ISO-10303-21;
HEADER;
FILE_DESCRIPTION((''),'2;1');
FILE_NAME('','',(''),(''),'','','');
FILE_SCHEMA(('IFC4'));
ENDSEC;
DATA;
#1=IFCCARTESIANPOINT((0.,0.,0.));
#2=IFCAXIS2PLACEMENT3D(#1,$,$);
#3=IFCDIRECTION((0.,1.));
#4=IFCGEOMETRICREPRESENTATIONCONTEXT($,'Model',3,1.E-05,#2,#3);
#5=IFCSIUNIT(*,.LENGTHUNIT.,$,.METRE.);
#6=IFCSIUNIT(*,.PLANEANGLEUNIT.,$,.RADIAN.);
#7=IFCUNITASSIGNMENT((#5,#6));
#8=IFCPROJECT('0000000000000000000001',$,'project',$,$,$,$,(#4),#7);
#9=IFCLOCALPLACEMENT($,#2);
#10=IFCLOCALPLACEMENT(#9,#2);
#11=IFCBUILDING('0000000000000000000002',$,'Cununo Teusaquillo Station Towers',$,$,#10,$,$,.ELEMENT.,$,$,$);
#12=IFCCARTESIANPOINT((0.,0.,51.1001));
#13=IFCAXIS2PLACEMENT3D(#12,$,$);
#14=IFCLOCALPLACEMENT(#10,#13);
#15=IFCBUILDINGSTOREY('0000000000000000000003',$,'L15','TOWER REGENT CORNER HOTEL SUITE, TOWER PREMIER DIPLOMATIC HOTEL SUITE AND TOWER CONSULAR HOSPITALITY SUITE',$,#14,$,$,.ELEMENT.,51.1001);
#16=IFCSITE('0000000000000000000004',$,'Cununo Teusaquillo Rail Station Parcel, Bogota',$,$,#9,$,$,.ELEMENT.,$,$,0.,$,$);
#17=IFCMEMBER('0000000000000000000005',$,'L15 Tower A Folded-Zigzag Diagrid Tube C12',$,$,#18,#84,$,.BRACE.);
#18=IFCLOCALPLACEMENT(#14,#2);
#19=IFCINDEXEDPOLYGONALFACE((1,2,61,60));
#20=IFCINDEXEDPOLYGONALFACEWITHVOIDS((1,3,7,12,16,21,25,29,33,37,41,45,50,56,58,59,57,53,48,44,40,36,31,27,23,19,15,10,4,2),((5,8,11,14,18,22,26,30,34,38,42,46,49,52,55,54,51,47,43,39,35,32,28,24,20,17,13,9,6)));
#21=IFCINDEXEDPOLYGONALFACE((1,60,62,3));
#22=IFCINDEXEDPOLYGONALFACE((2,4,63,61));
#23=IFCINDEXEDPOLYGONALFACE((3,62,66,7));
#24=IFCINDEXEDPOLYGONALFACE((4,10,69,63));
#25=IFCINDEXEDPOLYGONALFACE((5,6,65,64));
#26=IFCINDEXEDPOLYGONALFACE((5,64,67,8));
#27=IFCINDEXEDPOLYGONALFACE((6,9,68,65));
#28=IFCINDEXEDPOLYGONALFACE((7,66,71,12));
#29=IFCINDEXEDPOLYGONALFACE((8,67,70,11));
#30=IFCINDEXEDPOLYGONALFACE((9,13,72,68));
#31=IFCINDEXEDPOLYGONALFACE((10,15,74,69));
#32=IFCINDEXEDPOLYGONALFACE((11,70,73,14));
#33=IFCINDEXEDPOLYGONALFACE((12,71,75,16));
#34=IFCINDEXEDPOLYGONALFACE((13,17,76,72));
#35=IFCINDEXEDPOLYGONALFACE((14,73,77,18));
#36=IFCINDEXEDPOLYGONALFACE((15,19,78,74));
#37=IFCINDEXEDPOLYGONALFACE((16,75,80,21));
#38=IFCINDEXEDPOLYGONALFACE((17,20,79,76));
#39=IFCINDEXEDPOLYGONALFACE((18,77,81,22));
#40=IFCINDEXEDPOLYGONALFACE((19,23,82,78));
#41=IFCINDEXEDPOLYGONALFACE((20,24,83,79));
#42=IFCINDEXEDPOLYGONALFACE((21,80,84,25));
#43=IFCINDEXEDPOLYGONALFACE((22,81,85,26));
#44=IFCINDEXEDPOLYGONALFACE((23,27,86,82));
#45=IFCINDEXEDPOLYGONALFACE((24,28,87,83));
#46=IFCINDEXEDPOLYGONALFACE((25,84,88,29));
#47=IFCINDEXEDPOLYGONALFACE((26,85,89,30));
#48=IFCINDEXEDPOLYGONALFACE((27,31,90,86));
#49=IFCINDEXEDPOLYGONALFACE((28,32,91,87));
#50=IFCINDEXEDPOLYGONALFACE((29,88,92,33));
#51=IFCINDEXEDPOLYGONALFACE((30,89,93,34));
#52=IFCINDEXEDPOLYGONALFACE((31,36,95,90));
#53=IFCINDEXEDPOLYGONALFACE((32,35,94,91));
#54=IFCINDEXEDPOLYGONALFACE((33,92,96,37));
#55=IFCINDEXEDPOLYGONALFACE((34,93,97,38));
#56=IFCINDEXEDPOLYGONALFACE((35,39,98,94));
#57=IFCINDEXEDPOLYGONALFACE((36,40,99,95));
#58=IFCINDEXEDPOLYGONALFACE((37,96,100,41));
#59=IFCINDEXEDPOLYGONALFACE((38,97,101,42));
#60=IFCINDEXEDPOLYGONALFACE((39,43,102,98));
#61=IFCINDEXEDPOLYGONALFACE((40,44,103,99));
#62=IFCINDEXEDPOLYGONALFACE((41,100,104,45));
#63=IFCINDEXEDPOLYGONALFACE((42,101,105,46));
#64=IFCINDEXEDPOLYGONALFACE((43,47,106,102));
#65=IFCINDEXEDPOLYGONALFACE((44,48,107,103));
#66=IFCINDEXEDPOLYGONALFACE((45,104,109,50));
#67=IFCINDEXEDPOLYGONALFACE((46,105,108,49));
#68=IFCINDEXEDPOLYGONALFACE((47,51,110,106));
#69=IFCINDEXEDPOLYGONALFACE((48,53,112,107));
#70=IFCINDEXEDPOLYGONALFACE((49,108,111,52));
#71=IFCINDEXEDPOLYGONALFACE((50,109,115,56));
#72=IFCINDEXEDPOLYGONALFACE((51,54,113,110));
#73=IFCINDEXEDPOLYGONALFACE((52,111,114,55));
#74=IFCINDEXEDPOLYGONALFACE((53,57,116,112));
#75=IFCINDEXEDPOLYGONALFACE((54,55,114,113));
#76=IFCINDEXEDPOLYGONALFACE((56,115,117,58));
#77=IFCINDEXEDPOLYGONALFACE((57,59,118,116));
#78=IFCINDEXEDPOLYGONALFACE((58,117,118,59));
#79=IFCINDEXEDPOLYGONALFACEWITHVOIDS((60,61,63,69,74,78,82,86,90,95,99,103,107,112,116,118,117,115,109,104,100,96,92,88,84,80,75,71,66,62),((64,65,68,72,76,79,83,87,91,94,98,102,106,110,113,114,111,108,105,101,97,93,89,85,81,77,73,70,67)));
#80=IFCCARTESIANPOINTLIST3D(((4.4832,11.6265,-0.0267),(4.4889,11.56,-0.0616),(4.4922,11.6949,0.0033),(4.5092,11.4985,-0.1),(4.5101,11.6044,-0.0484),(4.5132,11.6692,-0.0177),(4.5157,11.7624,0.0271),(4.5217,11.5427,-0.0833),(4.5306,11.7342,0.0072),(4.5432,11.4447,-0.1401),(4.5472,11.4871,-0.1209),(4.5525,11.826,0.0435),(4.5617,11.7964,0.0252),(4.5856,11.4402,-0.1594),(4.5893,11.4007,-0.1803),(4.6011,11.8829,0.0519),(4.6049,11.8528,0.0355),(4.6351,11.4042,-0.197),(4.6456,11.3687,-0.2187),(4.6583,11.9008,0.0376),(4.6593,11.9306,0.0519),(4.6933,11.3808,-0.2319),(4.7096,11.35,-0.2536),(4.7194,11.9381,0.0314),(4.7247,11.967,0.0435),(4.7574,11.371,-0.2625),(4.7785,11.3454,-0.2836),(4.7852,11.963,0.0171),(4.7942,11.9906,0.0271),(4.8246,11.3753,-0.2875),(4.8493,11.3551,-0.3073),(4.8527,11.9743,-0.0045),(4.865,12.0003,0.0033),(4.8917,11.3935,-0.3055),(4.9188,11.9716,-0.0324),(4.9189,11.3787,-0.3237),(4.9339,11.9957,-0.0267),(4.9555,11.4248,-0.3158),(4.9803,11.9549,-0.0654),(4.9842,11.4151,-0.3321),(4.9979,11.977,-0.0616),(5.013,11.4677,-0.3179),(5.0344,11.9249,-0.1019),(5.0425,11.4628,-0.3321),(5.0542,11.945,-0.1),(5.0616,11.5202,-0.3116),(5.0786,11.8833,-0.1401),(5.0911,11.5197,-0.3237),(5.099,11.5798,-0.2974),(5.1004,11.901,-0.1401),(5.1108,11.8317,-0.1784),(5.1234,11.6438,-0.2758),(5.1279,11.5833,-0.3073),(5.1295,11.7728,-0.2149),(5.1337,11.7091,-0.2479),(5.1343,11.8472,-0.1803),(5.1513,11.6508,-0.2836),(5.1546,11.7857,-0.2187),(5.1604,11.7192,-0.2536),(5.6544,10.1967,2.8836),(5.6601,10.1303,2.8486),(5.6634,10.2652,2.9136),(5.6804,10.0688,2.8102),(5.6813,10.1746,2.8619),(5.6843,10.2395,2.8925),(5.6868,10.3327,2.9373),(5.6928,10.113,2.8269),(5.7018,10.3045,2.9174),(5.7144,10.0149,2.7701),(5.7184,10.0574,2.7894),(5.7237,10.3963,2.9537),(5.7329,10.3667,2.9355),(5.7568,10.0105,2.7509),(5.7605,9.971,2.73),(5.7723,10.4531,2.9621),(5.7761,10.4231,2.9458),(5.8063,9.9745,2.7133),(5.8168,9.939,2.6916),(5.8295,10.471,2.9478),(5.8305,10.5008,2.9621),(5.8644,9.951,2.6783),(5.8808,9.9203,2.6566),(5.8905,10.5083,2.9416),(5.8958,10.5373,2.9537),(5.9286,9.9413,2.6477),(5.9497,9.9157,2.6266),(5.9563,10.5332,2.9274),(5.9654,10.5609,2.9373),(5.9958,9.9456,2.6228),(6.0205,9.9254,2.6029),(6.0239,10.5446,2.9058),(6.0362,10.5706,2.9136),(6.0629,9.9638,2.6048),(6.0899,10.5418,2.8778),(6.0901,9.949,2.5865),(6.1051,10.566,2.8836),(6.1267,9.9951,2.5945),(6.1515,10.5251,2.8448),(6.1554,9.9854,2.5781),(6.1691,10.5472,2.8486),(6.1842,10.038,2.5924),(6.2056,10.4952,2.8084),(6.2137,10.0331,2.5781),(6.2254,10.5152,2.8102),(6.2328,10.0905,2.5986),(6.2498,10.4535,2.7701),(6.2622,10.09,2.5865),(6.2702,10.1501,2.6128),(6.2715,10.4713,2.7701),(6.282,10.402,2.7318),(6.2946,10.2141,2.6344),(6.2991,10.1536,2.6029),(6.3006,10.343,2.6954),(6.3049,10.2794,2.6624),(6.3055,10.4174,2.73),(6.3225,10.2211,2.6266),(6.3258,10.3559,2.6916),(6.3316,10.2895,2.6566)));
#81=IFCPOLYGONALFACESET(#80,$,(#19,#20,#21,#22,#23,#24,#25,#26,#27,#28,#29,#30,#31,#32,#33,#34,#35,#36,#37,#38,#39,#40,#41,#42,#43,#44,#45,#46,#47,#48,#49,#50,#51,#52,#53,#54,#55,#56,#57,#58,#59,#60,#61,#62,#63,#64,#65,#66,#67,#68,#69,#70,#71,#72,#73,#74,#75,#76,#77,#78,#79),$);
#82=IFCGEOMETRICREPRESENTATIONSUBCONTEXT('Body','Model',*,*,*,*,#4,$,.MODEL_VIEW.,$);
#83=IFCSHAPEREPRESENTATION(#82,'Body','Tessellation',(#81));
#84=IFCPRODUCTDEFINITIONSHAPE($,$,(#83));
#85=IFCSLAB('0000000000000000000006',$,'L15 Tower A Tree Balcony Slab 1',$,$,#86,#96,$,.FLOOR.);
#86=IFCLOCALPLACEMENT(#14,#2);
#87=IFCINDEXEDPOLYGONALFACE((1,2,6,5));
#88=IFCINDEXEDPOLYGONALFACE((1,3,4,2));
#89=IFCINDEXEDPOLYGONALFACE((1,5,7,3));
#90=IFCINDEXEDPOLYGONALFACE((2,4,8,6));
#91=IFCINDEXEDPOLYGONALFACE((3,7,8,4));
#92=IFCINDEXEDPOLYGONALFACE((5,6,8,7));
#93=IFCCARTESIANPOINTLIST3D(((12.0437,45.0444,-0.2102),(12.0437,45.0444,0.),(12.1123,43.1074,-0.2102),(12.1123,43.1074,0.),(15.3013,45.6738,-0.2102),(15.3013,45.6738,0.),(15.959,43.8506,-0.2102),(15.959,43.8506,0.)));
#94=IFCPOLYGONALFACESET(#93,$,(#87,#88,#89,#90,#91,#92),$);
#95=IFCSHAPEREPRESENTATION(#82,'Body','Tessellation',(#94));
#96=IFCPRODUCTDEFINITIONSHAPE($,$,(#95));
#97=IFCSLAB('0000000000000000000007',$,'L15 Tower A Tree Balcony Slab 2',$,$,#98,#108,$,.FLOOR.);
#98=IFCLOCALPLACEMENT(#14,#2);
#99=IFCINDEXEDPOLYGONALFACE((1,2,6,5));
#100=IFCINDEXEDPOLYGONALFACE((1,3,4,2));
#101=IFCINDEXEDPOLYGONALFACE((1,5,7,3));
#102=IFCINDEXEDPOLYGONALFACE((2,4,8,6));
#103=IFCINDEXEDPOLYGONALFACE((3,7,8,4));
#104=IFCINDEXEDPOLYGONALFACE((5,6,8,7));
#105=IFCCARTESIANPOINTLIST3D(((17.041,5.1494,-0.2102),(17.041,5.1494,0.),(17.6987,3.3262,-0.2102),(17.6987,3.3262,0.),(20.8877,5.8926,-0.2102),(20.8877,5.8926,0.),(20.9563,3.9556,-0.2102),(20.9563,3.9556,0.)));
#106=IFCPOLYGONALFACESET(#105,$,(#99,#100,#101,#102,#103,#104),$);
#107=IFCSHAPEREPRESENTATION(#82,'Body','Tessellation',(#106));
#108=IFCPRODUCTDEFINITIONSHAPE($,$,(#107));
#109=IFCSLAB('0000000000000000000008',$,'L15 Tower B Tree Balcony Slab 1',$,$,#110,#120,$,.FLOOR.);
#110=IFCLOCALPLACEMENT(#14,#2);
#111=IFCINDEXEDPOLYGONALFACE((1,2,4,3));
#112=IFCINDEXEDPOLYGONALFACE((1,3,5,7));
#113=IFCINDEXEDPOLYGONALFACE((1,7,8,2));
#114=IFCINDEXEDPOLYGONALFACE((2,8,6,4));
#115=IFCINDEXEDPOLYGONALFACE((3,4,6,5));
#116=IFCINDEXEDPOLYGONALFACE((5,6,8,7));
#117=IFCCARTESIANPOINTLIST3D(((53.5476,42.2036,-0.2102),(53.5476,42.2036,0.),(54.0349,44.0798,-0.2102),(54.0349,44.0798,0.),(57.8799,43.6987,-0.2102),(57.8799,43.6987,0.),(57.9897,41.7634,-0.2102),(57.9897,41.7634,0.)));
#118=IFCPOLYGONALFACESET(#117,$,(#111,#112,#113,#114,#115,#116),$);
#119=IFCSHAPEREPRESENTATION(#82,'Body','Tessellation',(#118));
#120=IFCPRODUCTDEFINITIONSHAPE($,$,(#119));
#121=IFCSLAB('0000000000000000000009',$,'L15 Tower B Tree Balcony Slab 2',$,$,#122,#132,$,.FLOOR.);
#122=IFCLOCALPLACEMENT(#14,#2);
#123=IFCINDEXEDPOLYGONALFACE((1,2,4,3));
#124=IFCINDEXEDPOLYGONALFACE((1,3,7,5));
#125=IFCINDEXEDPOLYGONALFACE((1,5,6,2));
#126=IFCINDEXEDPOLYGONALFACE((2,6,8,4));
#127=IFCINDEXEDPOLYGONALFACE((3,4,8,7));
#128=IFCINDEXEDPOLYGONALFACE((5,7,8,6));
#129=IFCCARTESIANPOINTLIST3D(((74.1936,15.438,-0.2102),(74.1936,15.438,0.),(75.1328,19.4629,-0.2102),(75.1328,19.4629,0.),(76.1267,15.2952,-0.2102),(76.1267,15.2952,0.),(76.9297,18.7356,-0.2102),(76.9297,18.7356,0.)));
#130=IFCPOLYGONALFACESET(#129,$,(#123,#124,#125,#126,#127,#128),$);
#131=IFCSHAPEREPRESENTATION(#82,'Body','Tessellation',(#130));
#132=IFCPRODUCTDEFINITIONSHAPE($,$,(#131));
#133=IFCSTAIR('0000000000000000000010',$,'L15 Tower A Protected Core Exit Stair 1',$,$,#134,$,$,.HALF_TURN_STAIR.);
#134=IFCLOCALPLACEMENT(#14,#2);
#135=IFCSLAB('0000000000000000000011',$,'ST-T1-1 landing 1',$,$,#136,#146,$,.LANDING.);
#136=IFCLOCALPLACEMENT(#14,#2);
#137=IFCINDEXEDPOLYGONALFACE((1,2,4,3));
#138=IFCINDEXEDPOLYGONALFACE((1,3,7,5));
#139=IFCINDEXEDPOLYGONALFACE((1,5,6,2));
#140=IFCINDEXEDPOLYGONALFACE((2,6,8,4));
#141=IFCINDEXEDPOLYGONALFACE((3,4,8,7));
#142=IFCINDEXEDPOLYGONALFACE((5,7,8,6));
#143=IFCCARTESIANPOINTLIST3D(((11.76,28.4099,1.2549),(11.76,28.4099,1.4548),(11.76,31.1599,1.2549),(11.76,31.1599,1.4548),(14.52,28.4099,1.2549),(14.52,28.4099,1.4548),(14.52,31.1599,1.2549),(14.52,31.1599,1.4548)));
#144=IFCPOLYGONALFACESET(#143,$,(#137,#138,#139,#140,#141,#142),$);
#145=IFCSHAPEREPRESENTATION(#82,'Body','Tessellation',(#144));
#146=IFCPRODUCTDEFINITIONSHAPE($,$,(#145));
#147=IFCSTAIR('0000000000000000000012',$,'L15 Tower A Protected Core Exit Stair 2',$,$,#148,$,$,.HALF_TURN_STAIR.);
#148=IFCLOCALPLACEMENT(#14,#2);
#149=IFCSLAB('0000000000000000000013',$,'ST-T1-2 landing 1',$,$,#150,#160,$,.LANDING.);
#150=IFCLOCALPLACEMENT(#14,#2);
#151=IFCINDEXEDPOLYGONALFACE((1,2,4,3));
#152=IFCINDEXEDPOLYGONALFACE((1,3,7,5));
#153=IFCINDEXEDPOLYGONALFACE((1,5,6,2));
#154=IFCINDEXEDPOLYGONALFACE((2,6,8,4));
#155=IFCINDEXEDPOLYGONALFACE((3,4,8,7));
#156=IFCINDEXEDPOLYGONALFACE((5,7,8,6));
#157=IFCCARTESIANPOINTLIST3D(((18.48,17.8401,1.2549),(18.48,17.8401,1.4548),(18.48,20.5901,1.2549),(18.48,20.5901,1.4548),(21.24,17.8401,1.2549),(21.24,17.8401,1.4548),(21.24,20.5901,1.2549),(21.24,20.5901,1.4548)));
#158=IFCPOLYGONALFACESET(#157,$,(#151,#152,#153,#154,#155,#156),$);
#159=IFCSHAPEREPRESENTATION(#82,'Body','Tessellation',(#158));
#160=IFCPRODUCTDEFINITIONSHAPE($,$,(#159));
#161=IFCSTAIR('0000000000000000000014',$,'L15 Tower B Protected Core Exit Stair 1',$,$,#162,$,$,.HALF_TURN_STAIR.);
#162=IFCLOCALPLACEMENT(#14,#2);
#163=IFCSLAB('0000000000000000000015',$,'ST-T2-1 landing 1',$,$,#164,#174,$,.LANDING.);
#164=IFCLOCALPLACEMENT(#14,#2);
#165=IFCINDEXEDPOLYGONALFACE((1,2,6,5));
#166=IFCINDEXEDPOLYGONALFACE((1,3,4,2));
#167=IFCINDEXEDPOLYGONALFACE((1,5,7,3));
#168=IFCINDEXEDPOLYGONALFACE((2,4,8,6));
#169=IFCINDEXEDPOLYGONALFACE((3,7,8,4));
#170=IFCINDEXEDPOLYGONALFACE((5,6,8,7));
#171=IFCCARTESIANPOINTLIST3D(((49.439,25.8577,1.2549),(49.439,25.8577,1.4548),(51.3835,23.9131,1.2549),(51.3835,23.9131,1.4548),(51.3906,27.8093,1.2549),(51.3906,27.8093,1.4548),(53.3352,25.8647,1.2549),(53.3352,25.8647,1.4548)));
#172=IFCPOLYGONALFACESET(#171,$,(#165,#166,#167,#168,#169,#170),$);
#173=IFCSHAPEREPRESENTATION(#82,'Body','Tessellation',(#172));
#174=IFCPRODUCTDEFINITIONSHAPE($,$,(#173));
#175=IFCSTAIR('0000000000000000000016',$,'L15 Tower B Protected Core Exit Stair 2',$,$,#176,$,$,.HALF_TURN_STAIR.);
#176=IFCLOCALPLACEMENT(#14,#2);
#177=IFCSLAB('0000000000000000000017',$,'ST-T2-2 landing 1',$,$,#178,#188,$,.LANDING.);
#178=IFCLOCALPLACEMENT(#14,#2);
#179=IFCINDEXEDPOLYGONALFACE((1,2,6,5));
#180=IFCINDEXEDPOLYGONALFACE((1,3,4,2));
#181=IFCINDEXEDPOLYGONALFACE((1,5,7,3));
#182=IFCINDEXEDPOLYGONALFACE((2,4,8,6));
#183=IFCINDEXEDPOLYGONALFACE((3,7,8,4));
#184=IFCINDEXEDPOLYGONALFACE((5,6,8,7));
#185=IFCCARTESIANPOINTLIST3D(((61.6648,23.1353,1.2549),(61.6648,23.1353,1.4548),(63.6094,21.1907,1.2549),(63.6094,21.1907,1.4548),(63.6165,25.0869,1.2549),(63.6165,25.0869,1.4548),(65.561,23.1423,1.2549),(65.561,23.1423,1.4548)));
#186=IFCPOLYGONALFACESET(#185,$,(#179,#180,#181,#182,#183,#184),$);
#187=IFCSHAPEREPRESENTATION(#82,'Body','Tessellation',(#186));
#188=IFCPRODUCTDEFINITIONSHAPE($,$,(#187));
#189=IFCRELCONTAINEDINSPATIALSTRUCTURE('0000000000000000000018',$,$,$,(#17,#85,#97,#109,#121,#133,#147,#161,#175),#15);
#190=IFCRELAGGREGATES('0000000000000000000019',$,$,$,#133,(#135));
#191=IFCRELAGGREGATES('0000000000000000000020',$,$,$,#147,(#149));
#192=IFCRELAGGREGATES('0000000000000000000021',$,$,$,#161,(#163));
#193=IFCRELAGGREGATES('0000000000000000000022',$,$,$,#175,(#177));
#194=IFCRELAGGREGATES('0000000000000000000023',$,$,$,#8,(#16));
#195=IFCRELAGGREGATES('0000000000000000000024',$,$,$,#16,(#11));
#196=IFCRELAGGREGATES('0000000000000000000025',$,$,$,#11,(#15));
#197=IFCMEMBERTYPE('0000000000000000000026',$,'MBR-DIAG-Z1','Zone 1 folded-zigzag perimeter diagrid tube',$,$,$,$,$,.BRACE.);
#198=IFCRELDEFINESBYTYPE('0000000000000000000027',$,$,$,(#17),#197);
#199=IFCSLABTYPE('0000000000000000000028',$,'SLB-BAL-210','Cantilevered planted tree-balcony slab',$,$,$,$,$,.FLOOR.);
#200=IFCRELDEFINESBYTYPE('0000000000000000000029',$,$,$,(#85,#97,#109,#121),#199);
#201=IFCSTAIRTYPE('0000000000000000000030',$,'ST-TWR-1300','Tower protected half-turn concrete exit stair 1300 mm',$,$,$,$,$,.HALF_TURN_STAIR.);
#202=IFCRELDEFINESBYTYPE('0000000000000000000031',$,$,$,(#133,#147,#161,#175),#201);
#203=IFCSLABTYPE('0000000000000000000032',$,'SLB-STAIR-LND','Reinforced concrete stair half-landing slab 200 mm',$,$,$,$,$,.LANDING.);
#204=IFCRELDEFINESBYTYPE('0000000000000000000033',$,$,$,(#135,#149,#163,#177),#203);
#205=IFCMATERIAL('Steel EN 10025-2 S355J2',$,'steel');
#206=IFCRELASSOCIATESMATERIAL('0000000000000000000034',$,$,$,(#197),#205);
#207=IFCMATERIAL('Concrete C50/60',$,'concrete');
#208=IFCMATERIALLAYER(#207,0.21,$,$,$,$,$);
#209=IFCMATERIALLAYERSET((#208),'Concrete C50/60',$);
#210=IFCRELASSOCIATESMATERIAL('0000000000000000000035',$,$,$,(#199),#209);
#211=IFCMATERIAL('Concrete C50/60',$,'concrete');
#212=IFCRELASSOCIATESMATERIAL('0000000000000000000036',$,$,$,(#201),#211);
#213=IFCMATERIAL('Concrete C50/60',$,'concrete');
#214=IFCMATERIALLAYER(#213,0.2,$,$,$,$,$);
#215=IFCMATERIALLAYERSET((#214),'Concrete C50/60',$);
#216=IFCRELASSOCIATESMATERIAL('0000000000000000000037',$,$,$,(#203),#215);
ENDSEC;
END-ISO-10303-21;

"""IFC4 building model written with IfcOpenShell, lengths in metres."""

from ifc_helpers import new_model, si_unit, direction, frame, origin, origin_2d, place, context, subcontext, project, spatial, polyline, hollow_circle, outline, extrude, material, layer, layer_set, material_profile, profile_set, type_object, element, aggregate, save


model = new_model("IFC4")

# Units and contexts
model_context = context("Model", 3, precision=1e-05, world=origin(), true_north=direction((0.0, 1.0)))
body_context = subcontext(model_context, "Body", "Model", "MODEL_VIEW")
ifc_project = project(units=[si_unit("LENGTHUNIT", "METRE"), si_unit("PLANEANGLEUNIT", "RADIAN")], contexts=[model_context])

# Site, building, storey
site_placement = place(None, origin())
site = spatial("IfcSite", under=ifc_project, at=site_placement, Name="Cununo Teusaquillo Rail Station Parcel, Bogota", CompositionType="ELEMENT", RefElevation=0.0)
building_placement = place(site_placement, origin())
building = spatial("IfcBuilding", under=site, at=building_placement, Name="Cununo Teusaquillo Station Towers", CompositionType="ELEMENT")
storey_placement = place(building_placement, frame((0.0, 0.0, 51.1001)))
storey = spatial("IfcBuildingStorey", under=building, at=storey_placement, Name="L15", Description="TOWER REGENT CORNER HOTEL SUITE, TOWER PREMIER DIPLOMATIC HOTEL SUITE AND TOWER CONSULAR HOSPITALITY SUITE", CompositionType="ELEMENT", Elevation=51.1001)

# Member
ifc_material_1 = material(Name="Steel EN 10025-2 S355J2", Category="steel")
ifc_material_profile_1 = material_profile(ifc_material_1, hollow_circle(Radius=0.3601, WallThickness=0.0281, at=origin_2d()), Name="CHS 720x28")
ifc_profile_set_1 = profile_set([ifc_material_profile_1], Name="Steel EN 10025-2 S355J2")
member_type = type_object("IfcMemberType", Name="MBR-DIAG-Z1", Description="Zone 1 folded-zigzag perimeter diagrid tube", PredefinedType="BRACE", material=ifc_profile_set_1)
member_placement = place(storey_placement, frame((4.8218, 11.6729, -0.1401), z_axis=(0.339717, -0.414714, 0.844159), x_axis=(0.773586, 0.633691, 0.0)))
element("IfcMember", 1, at=member_placement, inside=storey, type_object=member_type, Name="L15 Tower A Folded-Zigzag Diagrid Tube C12", PredefinedType="BRACE", context=body_context, shape_type="SweptSolid", body=[
    extrude(hollow_circle(Radius=0.3601, WallThickness=0.0281, at=origin_2d()), origin(), (0.0, 0.0, 1.0), 3.4475),
])

# Slabs
ifc_material_2 = material(Name="Concrete C50/60", Category="concrete")
ifc_layer_1 = layer(ifc_material_2, 0.21)
ifc_layer_set_1 = layer_set([ifc_layer_1], Name="Concrete C50/60")
slab_type_1 = type_object("IfcSlabType", Name="SLB-BAL-210", Description="Cantilevered planted tree-balcony slab", PredefinedType="FLOOR", material=ifc_layer_set_1)
slab_1_placement = place(storey_placement, frame((0.0, 0.0, -0.2102)))
element("IfcSlab", 2, at=slab_1_placement, inside=storey, type_object=slab_type_1, Name="L15 Tower A Tree Balcony Slab 1", PredefinedType="FLOOR", context=body_context, shape_type="SweptSolid", body=[
    extrude(outline(polyline([(15.959, 43.8506), (12.1123, 43.1074), (12.0437, 45.0444), (15.3013, 45.6738), (15.959, 43.8506)])), origin(), (0.0, 0.0, 1.0), 0.2102),
])
slab_2_placement = place(storey_placement, frame((0.0, 0.0, -0.2102)))
element("IfcSlab", 3, at=slab_2_placement, inside=storey, type_object=slab_type_1, Name="L15 Tower A Tree Balcony Slab 2", PredefinedType="FLOOR", context=body_context, shape_type="SweptSolid", body=[
    extrude(outline(polyline([(17.041, 5.1494), (20.8877, 5.8926), (20.9563, 3.9556), (17.6987, 3.3262), (17.041, 5.1494)])), origin(), (0.0, 0.0, 1.0), 0.2102),
])
slab_3_placement = place(storey_placement, frame((0.0, 0.0, -0.2102)))
element("IfcSlab", 4, at=slab_3_placement, inside=storey, type_object=slab_type_1, Name="L15 Tower B Tree Balcony Slab 1", PredefinedType="FLOOR", context=body_context, shape_type="SweptSolid", body=[
    extrude(outline(polyline([(57.9897, 41.7634), (53.5476, 42.2036), (54.0349, 44.0798), (57.8799, 43.6987), (57.9897, 41.7634)])), origin(), (0.0, 0.0, 1.0), 0.2102),
])
slab_4_placement = place(storey_placement, frame((0.0, 0.0, -0.2102)))
element("IfcSlab", 5, at=slab_4_placement, inside=storey, type_object=slab_type_1, Name="L15 Tower B Tree Balcony Slab 2", PredefinedType="FLOOR", context=body_context, shape_type="SweptSolid", body=[
    extrude(outline(polyline([(74.1936, 15.438), (75.1328, 19.4629), (76.9297, 18.7356), (76.1267, 15.2952), (74.1936, 15.438)])), origin(), (0.0, 0.0, 1.0), 0.2102),
])

# Stairs, slabs
ifc_material_3 = material(Name="Concrete C50/60", Category="concrete")
stair_type = type_object("IfcStairType", Name="ST-TWR-1300", Description="Tower protected half-turn concrete exit stair 1300 mm", PredefinedType="HALF_TURN_STAIR", material=ifc_material_3)
stair_1_placement = place(storey_placement, origin())
stair_1 = element("IfcStair", 6, at=stair_1_placement, inside=storey, type_object=stair_type, Name="L15 Tower A Protected Core Exit Stair 1", PredefinedType="HALF_TURN_STAIR")
ifc_material_4 = material(Name="Concrete C50/60", Category="concrete")
ifc_layer_2 = layer(ifc_material_4, 0.2)
ifc_layer_set_2 = layer_set([ifc_layer_2], Name="Concrete C50/60")
slab_type_2 = type_object("IfcSlabType", Name="SLB-STAIR-LND", Description="Reinforced concrete stair half-landing slab 200 mm", PredefinedType="LANDING", material=ifc_layer_set_2)
slab_5_placement = place(storey_placement, frame((0.0, 0.0, 1.2549)))
slab_5 = element("IfcSlab", 7, at=slab_5_placement, type_object=slab_type_2, Name="ST-T1-1 landing 1", PredefinedType="LANDING", context=body_context, shape_type="SweptSolid", body=[
    extrude(outline(polyline([(14.52, 28.4099), (14.52, 31.1599), (11.76, 31.1599), (11.76, 28.4099), (14.52, 28.4099)])), origin(), (0.0, 0.0, 1.0), 0.2),
])
aggregate(stair_1, [slab_5])
stair_2_placement = place(storey_placement, origin())
stair_2 = element("IfcStair", 8, at=stair_2_placement, inside=storey, type_object=stair_type, Name="L15 Tower A Protected Core Exit Stair 2", PredefinedType="HALF_TURN_STAIR")
slab_6_placement = place(storey_placement, frame((0.0, 0.0, 1.2549)))
slab_6 = element("IfcSlab", 9, at=slab_6_placement, type_object=slab_type_2, Name="ST-T1-2 landing 1", PredefinedType="LANDING", context=body_context, shape_type="SweptSolid", body=[
    extrude(outline(polyline([(18.48, 20.5901), (18.48, 17.8401), (21.24, 17.8401), (21.24, 20.5901), (18.48, 20.5901)])), origin(), (0.0, 0.0, 1.0), 0.2),
])
aggregate(stair_2, [slab_6])
stair_3_placement = place(storey_placement, origin())
stair_3 = element("IfcStair", 10, at=stair_3_placement, inside=storey, type_object=stair_type, Name="L15 Tower B Protected Core Exit Stair 1", PredefinedType="HALF_TURN_STAIR")
slab_7_placement = place(storey_placement, frame((0.0, 0.0, 1.2549)))
slab_7 = element("IfcSlab", 11, at=slab_7_placement, type_object=slab_type_2, Name="ST-T2-1 landing 1", PredefinedType="LANDING", context=body_context, shape_type="SweptSolid", body=[
    extrude(outline(polyline([(53.3352, 25.8647), (51.3906, 27.8093), (49.439, 25.8577), (51.3835, 23.9131), (53.3352, 25.8647)])), origin(), (0.0, 0.0, 1.0), 0.2),
])
aggregate(stair_3, [slab_7])
stair_4_placement = place(storey_placement, origin())
stair_4 = element("IfcStair", 12, at=stair_4_placement, inside=storey, type_object=stair_type, Name="L15 Tower B Protected Core Exit Stair 2", PredefinedType="HALF_TURN_STAIR")
slab_8_placement = place(storey_placement, frame((0.0, 0.0, 1.2549)))
slab_8 = element("IfcSlab", 13, at=slab_8_placement, type_object=slab_type_2, Name="ST-T2-2 landing 1", PredefinedType="LANDING", context=body_context, shape_type="SweptSolid", body=[
    extrude(outline(polyline([(61.6648, 23.1353), (63.6094, 21.1907), (65.561, 23.1423), (63.6165, 25.0869), (61.6648, 23.1353)])), origin(), (0.0, 0.0, 1.0), 0.2),
])
aggregate(stair_4, [slab_8])

save(model, "model.ifc")
